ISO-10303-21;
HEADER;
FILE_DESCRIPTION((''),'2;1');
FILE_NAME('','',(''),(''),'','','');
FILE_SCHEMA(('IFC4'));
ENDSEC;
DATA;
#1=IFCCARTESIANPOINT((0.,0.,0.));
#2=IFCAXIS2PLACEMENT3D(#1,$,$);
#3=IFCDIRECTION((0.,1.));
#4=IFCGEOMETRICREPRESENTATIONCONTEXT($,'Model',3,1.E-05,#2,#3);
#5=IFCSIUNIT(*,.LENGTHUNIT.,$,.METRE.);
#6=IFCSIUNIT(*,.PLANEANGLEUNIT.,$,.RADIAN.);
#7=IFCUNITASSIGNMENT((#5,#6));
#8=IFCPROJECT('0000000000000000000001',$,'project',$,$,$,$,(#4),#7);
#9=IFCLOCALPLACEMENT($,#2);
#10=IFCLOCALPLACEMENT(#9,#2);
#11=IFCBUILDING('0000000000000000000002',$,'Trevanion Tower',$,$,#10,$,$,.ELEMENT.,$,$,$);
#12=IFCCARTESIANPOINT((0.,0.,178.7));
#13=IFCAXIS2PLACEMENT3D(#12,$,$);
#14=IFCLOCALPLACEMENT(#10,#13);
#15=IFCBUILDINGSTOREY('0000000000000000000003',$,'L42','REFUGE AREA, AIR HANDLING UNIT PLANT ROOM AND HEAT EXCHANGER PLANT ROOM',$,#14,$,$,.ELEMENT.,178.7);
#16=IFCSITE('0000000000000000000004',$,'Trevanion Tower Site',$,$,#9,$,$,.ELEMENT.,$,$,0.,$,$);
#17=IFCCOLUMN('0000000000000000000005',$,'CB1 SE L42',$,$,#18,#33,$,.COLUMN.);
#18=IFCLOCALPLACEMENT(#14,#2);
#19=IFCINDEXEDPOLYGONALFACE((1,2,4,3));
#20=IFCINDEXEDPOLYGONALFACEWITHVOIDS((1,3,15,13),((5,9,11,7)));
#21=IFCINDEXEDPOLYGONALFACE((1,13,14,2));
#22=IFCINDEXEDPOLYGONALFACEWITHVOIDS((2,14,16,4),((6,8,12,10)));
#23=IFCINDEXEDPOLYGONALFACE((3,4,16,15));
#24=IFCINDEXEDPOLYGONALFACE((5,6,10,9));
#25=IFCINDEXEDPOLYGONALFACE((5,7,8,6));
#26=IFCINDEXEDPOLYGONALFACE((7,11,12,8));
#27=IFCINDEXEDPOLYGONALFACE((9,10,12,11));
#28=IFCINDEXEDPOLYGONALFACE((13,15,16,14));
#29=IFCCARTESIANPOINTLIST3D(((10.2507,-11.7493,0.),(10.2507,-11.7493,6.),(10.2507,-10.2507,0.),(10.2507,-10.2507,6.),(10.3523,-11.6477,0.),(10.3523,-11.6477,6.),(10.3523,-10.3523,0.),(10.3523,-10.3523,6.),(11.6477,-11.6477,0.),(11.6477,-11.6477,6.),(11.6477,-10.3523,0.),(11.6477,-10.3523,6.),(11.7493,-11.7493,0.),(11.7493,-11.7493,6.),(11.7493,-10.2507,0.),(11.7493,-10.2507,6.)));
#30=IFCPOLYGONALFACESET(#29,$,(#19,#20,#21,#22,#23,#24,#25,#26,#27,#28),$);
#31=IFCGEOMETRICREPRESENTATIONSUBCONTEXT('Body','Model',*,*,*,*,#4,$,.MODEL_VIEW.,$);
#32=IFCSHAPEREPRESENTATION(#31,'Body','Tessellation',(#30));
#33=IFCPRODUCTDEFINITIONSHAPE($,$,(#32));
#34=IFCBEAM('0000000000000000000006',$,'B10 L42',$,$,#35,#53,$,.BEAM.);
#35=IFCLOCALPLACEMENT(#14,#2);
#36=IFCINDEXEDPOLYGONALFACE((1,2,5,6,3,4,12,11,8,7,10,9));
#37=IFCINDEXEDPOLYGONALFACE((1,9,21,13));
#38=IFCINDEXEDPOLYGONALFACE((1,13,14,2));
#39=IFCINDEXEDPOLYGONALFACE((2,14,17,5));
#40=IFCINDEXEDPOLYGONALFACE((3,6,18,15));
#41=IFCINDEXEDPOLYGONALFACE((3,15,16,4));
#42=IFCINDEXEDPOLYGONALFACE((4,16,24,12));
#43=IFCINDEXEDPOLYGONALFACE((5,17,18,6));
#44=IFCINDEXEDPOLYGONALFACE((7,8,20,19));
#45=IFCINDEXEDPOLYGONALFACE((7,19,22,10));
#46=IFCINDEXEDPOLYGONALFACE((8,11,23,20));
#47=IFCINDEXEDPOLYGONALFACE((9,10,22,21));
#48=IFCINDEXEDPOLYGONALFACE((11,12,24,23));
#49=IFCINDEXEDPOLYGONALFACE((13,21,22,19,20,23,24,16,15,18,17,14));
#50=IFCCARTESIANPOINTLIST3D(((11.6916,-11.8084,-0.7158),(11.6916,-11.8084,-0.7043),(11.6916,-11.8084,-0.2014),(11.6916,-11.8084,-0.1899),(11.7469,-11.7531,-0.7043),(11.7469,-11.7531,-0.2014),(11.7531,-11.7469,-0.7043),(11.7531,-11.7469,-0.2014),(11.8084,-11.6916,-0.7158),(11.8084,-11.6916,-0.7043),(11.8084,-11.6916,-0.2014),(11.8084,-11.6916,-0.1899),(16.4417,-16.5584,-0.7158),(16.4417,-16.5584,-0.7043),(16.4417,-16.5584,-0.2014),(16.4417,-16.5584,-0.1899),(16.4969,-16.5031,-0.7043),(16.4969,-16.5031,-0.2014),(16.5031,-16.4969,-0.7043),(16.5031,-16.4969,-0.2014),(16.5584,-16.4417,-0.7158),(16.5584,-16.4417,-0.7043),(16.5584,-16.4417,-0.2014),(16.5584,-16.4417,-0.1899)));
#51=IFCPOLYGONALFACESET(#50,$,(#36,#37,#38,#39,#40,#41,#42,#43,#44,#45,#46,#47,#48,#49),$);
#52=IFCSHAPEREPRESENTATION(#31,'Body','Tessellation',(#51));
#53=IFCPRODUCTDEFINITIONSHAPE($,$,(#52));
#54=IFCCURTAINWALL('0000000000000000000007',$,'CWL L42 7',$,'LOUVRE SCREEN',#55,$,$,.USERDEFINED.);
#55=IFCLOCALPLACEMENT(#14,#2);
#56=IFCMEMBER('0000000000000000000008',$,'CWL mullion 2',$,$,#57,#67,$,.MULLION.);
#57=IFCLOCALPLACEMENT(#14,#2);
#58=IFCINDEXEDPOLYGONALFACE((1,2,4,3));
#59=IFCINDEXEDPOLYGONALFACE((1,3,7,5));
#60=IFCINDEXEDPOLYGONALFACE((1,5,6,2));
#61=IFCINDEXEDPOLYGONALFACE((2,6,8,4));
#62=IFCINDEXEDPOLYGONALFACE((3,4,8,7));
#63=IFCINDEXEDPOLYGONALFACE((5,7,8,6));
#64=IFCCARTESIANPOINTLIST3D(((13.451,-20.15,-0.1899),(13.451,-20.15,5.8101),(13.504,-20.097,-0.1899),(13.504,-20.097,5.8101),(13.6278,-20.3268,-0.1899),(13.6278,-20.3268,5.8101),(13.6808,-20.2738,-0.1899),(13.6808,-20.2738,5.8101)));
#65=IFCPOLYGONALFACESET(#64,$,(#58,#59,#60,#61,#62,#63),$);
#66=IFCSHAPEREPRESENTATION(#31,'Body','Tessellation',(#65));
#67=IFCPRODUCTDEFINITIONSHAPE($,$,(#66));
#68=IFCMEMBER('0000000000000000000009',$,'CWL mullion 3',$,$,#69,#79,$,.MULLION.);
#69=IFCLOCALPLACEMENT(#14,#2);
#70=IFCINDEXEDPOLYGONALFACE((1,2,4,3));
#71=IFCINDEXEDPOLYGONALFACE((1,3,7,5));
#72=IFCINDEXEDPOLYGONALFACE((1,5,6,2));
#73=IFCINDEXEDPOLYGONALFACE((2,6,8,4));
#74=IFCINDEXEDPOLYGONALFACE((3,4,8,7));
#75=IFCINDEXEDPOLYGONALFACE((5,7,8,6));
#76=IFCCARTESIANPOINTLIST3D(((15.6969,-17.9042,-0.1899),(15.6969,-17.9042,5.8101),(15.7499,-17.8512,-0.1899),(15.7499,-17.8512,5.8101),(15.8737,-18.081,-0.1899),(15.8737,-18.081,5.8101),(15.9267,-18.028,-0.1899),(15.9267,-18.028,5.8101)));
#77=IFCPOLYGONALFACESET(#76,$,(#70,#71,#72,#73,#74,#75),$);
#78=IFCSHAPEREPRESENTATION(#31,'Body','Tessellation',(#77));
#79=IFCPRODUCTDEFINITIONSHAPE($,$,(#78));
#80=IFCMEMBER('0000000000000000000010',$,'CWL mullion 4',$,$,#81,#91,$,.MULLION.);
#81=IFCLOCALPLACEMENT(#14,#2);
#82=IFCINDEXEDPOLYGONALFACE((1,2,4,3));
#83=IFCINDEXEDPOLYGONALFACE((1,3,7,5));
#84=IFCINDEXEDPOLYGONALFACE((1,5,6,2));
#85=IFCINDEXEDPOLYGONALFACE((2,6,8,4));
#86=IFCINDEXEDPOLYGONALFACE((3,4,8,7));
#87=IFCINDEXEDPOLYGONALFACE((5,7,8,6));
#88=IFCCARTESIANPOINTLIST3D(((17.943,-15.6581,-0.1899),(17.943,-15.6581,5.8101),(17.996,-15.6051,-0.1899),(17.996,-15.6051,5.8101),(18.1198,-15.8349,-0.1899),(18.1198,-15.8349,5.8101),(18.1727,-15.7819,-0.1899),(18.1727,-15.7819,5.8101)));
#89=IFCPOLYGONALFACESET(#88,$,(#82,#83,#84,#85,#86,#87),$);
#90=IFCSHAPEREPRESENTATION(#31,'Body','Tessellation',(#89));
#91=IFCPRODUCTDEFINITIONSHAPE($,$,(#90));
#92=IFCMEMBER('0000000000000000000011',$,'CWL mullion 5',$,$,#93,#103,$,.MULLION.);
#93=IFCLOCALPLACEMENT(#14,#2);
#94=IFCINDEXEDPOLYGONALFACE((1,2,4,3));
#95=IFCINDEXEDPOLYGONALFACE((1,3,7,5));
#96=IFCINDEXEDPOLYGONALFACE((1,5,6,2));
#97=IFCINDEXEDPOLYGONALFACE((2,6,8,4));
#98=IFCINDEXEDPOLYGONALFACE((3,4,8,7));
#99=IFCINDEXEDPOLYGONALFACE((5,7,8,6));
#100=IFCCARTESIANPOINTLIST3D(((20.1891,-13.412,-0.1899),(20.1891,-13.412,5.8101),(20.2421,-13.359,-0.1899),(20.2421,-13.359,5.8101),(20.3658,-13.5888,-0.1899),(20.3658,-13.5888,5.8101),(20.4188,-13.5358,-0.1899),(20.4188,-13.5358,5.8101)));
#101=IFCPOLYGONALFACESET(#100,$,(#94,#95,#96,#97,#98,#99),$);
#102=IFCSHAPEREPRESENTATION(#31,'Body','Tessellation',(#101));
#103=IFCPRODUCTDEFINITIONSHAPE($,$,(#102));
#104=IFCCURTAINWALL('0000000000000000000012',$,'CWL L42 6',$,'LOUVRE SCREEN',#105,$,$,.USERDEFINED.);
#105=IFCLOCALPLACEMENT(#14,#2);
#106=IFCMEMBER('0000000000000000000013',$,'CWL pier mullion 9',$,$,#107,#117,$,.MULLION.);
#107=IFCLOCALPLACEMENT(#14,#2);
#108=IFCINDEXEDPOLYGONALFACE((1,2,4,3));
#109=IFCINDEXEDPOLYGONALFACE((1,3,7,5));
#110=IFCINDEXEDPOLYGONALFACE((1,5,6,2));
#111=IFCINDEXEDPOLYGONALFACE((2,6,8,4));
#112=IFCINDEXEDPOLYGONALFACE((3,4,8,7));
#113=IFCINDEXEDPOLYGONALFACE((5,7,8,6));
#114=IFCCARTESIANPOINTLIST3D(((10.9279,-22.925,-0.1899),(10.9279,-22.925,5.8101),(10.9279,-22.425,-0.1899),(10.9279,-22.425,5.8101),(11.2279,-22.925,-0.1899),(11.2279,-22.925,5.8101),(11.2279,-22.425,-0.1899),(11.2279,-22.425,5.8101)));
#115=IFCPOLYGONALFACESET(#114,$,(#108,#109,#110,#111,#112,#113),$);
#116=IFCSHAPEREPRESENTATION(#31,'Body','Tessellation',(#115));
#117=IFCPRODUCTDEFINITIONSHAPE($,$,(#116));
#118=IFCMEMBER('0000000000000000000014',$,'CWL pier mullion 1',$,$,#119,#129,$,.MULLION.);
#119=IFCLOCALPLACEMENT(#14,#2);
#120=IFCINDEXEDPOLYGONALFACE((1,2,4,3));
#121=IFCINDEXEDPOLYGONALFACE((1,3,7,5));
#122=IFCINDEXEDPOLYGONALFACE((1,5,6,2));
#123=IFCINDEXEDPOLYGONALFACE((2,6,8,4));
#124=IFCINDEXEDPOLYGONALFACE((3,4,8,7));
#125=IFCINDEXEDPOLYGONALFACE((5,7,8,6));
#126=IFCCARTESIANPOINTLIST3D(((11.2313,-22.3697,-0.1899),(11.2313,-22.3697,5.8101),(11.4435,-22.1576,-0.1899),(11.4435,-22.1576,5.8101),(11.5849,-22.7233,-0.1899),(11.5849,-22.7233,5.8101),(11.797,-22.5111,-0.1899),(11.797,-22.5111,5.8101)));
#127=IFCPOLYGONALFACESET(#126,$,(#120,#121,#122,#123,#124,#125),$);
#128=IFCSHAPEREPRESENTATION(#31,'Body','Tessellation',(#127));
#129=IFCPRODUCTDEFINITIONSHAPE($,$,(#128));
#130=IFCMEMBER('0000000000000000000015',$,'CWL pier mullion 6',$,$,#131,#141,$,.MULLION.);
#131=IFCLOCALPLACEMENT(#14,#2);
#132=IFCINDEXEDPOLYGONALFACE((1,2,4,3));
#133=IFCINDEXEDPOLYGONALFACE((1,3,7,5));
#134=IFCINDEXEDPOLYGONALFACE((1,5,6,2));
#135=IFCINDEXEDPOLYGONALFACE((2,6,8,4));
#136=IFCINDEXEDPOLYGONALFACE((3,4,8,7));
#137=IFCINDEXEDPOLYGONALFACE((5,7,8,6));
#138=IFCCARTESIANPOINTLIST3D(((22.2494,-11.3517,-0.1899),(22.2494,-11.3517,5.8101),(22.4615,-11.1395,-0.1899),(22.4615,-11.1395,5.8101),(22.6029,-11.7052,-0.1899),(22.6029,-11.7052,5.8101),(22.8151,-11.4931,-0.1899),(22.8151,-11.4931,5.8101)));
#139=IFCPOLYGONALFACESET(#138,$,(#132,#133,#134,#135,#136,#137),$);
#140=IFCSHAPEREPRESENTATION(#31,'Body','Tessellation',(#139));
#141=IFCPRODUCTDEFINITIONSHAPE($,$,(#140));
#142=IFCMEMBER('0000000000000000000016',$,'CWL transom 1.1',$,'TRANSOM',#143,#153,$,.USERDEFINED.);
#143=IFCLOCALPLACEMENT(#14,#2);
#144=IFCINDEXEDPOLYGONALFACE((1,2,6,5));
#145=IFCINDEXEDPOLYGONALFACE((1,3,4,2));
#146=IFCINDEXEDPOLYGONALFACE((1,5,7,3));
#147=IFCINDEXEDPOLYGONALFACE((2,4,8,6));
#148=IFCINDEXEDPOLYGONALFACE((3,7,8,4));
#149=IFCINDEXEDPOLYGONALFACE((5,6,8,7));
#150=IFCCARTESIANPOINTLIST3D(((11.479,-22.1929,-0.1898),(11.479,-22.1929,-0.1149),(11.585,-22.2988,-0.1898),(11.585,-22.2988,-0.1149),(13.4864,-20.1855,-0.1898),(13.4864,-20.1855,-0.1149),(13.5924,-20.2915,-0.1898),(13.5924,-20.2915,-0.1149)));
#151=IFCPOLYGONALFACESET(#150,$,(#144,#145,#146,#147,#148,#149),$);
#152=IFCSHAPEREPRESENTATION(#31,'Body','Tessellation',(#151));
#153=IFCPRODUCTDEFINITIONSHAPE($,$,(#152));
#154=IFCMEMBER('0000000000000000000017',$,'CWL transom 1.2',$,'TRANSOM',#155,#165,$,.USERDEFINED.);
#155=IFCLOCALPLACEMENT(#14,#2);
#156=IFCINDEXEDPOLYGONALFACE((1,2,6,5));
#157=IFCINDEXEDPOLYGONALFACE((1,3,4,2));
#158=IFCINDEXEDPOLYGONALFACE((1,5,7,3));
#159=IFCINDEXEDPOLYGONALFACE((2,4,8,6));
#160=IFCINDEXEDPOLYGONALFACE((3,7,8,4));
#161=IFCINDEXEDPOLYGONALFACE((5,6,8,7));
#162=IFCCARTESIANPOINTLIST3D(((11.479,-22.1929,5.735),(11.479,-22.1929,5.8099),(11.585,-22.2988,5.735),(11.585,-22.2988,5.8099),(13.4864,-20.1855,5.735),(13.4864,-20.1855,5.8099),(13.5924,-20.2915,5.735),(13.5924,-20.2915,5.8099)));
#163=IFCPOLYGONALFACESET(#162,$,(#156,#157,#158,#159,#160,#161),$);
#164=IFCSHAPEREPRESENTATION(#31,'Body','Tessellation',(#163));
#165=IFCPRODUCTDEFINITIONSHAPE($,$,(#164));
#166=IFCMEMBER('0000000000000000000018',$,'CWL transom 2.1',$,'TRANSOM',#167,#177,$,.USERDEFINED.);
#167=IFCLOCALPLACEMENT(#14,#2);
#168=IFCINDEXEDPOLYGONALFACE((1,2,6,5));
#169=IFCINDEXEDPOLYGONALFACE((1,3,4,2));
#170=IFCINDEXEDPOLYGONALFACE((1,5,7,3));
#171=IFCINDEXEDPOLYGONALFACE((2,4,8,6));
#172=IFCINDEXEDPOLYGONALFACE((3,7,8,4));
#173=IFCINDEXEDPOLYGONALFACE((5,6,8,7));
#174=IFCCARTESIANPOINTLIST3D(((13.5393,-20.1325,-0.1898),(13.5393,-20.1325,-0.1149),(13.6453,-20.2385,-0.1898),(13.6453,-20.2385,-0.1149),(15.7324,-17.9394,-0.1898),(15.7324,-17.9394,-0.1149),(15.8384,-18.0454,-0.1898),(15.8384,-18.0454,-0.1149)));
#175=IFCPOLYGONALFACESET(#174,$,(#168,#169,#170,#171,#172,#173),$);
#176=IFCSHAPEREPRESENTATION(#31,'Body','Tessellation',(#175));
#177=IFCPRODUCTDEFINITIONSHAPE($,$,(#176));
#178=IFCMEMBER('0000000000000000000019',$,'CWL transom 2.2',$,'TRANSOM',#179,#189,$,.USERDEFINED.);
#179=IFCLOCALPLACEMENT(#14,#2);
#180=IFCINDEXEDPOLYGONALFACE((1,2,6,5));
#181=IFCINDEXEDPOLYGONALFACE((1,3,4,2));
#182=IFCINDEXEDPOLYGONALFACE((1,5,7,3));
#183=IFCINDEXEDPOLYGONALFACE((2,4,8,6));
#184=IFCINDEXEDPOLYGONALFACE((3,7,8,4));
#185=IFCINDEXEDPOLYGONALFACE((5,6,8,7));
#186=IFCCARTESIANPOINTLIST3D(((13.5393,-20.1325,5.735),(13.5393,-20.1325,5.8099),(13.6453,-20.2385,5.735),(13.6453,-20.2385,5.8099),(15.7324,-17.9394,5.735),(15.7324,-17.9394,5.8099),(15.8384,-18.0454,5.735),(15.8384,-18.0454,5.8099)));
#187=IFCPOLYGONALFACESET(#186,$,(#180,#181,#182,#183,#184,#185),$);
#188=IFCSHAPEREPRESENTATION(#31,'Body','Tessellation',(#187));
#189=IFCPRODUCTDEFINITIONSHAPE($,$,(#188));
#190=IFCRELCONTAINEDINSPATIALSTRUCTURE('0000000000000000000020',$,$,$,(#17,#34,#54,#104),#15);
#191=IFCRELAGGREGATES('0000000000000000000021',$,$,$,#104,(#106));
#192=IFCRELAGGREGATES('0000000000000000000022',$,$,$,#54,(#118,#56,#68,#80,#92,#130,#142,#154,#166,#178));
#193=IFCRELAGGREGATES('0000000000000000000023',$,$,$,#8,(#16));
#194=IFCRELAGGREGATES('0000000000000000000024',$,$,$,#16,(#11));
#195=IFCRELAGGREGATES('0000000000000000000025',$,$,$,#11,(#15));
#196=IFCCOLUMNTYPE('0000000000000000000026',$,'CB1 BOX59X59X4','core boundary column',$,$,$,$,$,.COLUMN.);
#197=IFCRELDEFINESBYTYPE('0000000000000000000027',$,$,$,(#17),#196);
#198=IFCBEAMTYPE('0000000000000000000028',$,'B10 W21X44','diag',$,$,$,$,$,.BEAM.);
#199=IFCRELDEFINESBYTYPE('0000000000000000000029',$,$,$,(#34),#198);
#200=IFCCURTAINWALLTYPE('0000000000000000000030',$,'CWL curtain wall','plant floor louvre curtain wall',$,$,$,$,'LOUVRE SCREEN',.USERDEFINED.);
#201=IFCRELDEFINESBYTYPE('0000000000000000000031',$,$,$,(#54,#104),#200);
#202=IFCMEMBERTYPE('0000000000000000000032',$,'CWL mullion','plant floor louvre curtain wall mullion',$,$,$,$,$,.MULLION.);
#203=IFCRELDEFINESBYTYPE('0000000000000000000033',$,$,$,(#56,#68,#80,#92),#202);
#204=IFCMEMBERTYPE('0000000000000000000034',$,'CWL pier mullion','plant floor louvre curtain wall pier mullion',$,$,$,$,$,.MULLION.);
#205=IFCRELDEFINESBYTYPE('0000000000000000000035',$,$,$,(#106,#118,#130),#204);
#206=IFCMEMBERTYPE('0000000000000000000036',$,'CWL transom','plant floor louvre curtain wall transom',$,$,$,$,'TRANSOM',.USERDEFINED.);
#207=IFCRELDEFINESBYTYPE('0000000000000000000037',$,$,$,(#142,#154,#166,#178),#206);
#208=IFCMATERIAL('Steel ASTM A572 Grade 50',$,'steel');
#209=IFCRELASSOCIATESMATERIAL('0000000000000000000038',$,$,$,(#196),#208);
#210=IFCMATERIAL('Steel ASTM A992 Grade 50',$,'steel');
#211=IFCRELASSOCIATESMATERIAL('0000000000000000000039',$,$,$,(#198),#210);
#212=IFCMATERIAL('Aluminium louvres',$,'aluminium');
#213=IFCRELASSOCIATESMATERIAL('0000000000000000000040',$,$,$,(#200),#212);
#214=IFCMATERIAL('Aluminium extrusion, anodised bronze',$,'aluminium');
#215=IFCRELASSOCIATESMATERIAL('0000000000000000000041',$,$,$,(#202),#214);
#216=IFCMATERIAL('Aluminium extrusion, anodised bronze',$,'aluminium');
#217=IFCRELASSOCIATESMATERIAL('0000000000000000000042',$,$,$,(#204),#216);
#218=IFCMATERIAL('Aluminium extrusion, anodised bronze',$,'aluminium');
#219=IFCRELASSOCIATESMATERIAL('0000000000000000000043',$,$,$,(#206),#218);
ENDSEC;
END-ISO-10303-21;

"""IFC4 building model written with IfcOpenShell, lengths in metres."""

from ifc_helpers import new_model, si_unit, direction, frame, origin, origin_2d, place, context, subcontext, project, spatial, rectangle, hollow_rectangle, i_section, extrude, material, material_profile, profile_set, type_object, element, aggregate, save


model = new_model("IFC4")

# Units and contexts
model_context = context("Model", 3, precision=1e-05, world=origin(), true_north=direction((0.0, 1.0)))
body_context = subcontext(model_context, "Body", "Model", "MODEL_VIEW")
ifc_project = project(units=[si_unit("LENGTHUNIT", "METRE"), si_unit("PLANEANGLEUNIT", "RADIAN")], contexts=[model_context])

# Site, building, storey
site_placement = place(None, origin())
site = spatial("IfcSite", under=ifc_project, at=site_placement, Name="Trevanion Tower Site", CompositionType="ELEMENT", RefElevation=0.0)
building_placement = place(site_placement, origin())
building = spatial("IfcBuilding", under=site, at=building_placement, Name="Trevanion Tower", CompositionType="ELEMENT")
storey_placement = place(building_placement, frame((0.0, 0.0, 178.7)))
storey = spatial("IfcBuildingStorey", under=building, at=storey_placement, Name="L42", Description="REFUGE AREA, AIR HANDLING UNIT PLANT ROOM AND HEAT EXCHANGER PLANT ROOM", CompositionType="ELEMENT", Elevation=178.7)

# Column
ifc_material_1 = material(Name="Steel ASTM A572 Grade 50", Category="steel")
ifc_material_profile_1 = material_profile(ifc_material_1, hollow_rectangle(XDim=1.4985, YDim=1.4985, WallThickness=0.1016, at=origin_2d()), Name="BOX59X59X4")
ifc_profile_set_1 = profile_set([ifc_material_profile_1], Name="Steel ASTM A572 Grade 50")
column_type = type_object("IfcColumnType", Name="CB1 BOX59X59X4", Description="core boundary column", PredefinedType="COLUMN", material=ifc_profile_set_1)
column_placement = place(storey_placement, frame((11.0, -11.0, 0.0), z_axis=(0.0, 0.0, 1.0), x_axis=(1.0, 0.0, 0.0)))
element("IfcColumn", 1, at=column_placement, inside=storey, type_object=column_type, Name="CB1 SE L42", PredefinedType="COLUMN", context=body_context, shape_type="SweptSolid", body=[
    extrude(hollow_rectangle(XDim=1.4985, YDim=1.4985, WallThickness=0.1016, at=origin_2d()), origin(), (0.0, 0.0, 1.0), 6.0),
])

# Beam
ifc_material_2 = material(Name="Steel ASTM A992 Grade 50", Category="steel")
ifc_material_profile_2 = material_profile(ifc_material_2, i_section(OverallWidth=0.165, OverallDepth=0.5259, WebThickness=0.0088, FlangeThickness=0.0115, at=origin_2d()), Name="W21X44")
ifc_profile_set_2 = profile_set([ifc_material_profile_2], Name="Steel ASTM A992 Grade 50")
beam_type_1 = type_object("IfcBeamType", Name="B10 W21X44", Description="diag", PredefinedType="BEAM", material=ifc_profile_set_2)
beam_1_placement = place(storey_placement, frame((11.75, -11.75, -0.4529), z_axis=(0.707107, -0.707107, 0.0), x_axis=(0.707107, 0.707107, 0.0)))
element("IfcBeam", 2, at=beam_1_placement, inside=storey, type_object=beam_type_1, Name="B10 L42", PredefinedType="BEAM", context=body_context, shape_type="SweptSolid", body=[
    extrude(i_section(OverallWidth=0.165, OverallDepth=0.5259, WebThickness=0.0088, FlangeThickness=0.0115, at=origin_2d()), origin(), (0.0, 0.0, 1.0), 6.7175),
])

# Curtain wall, members
ifc_material_3 = material(Name="Aluminium louvres", Category="aluminium")
curtain_wall_type = type_object("IfcCurtainWallType", Name="CWL curtain wall", Description="plant floor louvre curtain wall", ElementType="LOUVRE SCREEN", PredefinedType="USERDEFINED", material=ifc_material_3)
curtain_wall_1_placement = place(storey_placement, origin())
curtain_wall_1 = element("IfcCurtainWall", 3, at=curtain_wall_1_placement, inside=storey, type_object=curtain_wall_type, Name="CWL L42 7", ObjectType="LOUVRE SCREEN", PredefinedType="USERDEFINED")
ifc_material_4 = material(Name="Aluminium extrusion, anodised bronze", Category="aluminium")
ifc_material_profile_3 = material_profile(ifc_material_4, rectangle(XDim=0.075, YDim=0.25, at=origin_2d()), Name="CWL mullion")
ifc_profile_set_3 = profile_set([ifc_material_profile_3], Name="Aluminium extrusion, anodised bronze")
member_type_1 = type_object("IfcMemberType", Name="CWL mullion", Description="plant floor louvre curtain wall mullion", PredefinedType="MULLION", material=ifc_profile_set_3)
member_1_placement = place(storey_placement, frame((13.5659, -20.2119, -0.1899), z_axis=(0.0, 0.0, 1.0), x_axis=(0.707107, 0.707107, 0.0)))
member_1 = element("IfcMember", 4, at=member_1_placement, type_object=member_type_1, Name="CWL mullion 2", PredefinedType="MULLION", context=body_context, shape_type="SweptSolid", body=[
    extrude(rectangle(XDim=0.075, YDim=0.25, at=origin_2d()), origin(), (0.0, 0.0, 1.0), 6.0),
])
member_2_placement = place(storey_placement, frame((15.8118, -17.9661, -0.1899), z_axis=(0.0, 0.0, 1.0), x_axis=(0.707107, 0.707107, 0.0)))
member_2 = element("IfcMember", 5, at=member_2_placement, type_object=member_type_1, Name="CWL mullion 3", PredefinedType="MULLION", context=body_context, shape_type="SweptSolid", body=[
    extrude(rectangle(XDim=0.075, YDim=0.25, at=origin_2d()), origin(), (0.0, 0.0, 1.0), 6.0),
])
member_3_placement = place(storey_placement, frame((18.0579, -15.72, -0.1899), z_axis=(0.0, 0.0, 1.0), x_axis=(0.707107, 0.707107, 0.0)))
member_3 = element("IfcMember", 6, at=member_3_placement, type_object=member_type_1, Name="CWL mullion 4", PredefinedType="MULLION", context=body_context, shape_type="SweptSolid", body=[
    extrude(rectangle(XDim=0.075, YDim=0.25, at=origin_2d()), origin(), (0.0, 0.0, 1.0), 6.0),
])
member_4_placement = place(storey_placement, frame((20.304, -13.4739, -0.1899), z_axis=(0.0, 0.0, 1.0), x_axis=(0.707107, 0.707107, 0.0)))
member_4 = element("IfcMember", 7, at=member_4_placement, type_object=member_type_1, Name="CWL mullion 5", PredefinedType="MULLION", context=body_context, shape_type="SweptSolid", body=[
    extrude(rectangle(XDim=0.075, YDim=0.25, at=origin_2d()), origin(), (0.0, 0.0, 1.0), 6.0),
])

# Curtain wall, member
curtain_wall_2_placement = place(storey_placement, origin())
curtain_wall_2 = element("IfcCurtainWall", 8, at=curtain_wall_2_placement, inside=storey, type_object=curtain_wall_type, Name="CWL L42 6", ObjectType="LOUVRE SCREEN", PredefinedType="USERDEFINED")
ifc_material_5 = material(Name="Aluminium extrusion, anodised bronze", Category="aluminium")
ifc_material_profile_4 = material_profile(ifc_material_5, rectangle(XDim=0.3, YDim=0.5, at=origin_2d()), Name="CWL pier mullion")
ifc_profile_set_4 = profile_set([ifc_material_profile_4], Name="Aluminium extrusion, anodised bronze")
member_type_2 = type_object("IfcMemberType", Name="CWL pier mullion", Description="plant floor louvre curtain wall pier mullion", PredefinedType="MULLION", material=ifc_profile_set_4)
member_5_placement = place(storey_placement, frame((11.0779, -22.675, -0.1899), z_axis=(0.0, 0.0, 1.0), x_axis=(1.0, 0.0, 0.0)))
member_5 = element("IfcMember", 9, at=member_5_placement, type_object=member_type_2, Name="CWL pier mullion 9", PredefinedType="MULLION", context=body_context, shape_type="SweptSolid", body=[
    extrude(rectangle(XDim=0.3, YDim=0.5, at=origin_2d()), origin(), (0.0, 0.0, 1.0), 6.0),
])
aggregate(curtain_wall_2, [member_5])

# Members
member_6_placement = place(storey_placement, frame((11.5142, -22.4404, -0.1899), z_axis=(0.0, 0.0, 1.0), x_axis=(0.707107, 0.707107, 0.0)))
member_6 = element("IfcMember", 10, at=member_6_placement, type_object=member_type_2, Name="CWL pier mullion 1", PredefinedType="MULLION", context=body_context, shape_type="SweptSolid", body=[
    extrude(rectangle(XDim=0.3, YDim=0.5, at=origin_2d()), origin(), (0.0, 0.0, 1.0), 6.0),
])
member_7_placement = place(storey_placement, frame((22.5322, -11.4224, -0.1899), z_axis=(0.0, 0.0, 1.0), x_axis=(0.707107, 0.707107, 0.0)))
member_7 = element("IfcMember", 11, at=member_7_placement, type_object=member_type_2, Name="CWL pier mullion 6", PredefinedType="MULLION", context=body_context, shape_type="SweptSolid", body=[
    extrude(rectangle(XDim=0.3, YDim=0.5, at=origin_2d()), origin(), (0.0, 0.0, 1.0), 6.0),
])
ifc_material_6 = material(Name="Aluminium extrusion, anodised bronze", Category="aluminium")
ifc_material_profile_5 = material_profile(ifc_material_6, rectangle(XDim=0.1499, YDim=0.075, at=origin_2d()), Name="CWL transom")
ifc_profile_set_5 = profile_set([ifc_material_profile_5], Name="Aluminium extrusion, anodised bronze")
member_type_3 = type_object("IfcMemberType", Name="CWL transom", Description="plant floor louvre curtain wall transom", ElementType="TRANSOM", PredefinedType="USERDEFINED", material=ifc_profile_set_5)
member_8_placement = place(storey_placement, frame((11.532, -22.2458, -0.1523), z_axis=(0.707107, 0.707107, 0.0), x_axis=(-0.707107, 0.707107, 0.0)))
member_8 = element("IfcMember", 12, at=member_8_placement, type_object=member_type_3, Name="CWL transom 1.1", ObjectType="TRANSOM", PredefinedType="USERDEFINED", context=body_context, shape_type="SweptSolid", body=[
    extrude(rectangle(XDim=0.1499, YDim=0.075, at=origin_2d()), origin(), (0.0, 0.0, 1.0), 2.8389),
])
member_9_placement = place(storey_placement, frame((11.532, -22.2458, 5.7725), z_axis=(0.707107, 0.707107, 0.0), x_axis=(-0.707107, 0.707107, 0.0)))
member_9 = element("IfcMember", 13, at=member_9_placement, type_object=member_type_3, Name="CWL transom 1.2", ObjectType="TRANSOM", PredefinedType="USERDEFINED", context=body_context, shape_type="SweptSolid", body=[
    extrude(rectangle(XDim=0.1499, YDim=0.075, at=origin_2d()), origin(), (0.0, 0.0, 1.0), 2.8389),
])
member_10_placement = place(storey_placement, frame((13.5923, -20.1855, -0.1523), z_axis=(0.707107, 0.707107, 0.0), x_axis=(-0.707107, 0.707107, 0.0)))
member_10 = element("IfcMember", 14, at=member_10_placement, type_object=member_type_3, Name="CWL transom 2.1", ObjectType="TRANSOM", PredefinedType="USERDEFINED", context=body_context, shape_type="SweptSolid", body=[
    extrude(rectangle(XDim=0.1499, YDim=0.075, at=origin_2d()), origin(), (0.0, 0.0, 1.0), 3.1016),
])
member_11_placement = place(storey_placement, frame((13.5923, -20.1855, 5.7725), z_axis=(0.707107, 0.707107, 0.0), x_axis=(-0.707107, 0.707107, 0.0)))
member_11 = element("IfcMember", 15, at=member_11_placement, type_object=member_type_3, Name="CWL transom 2.2", ObjectType="TRANSOM", PredefinedType="USERDEFINED", context=body_context, shape_type="SweptSolid", body=[
    extrude(rectangle(XDim=0.1499, YDim=0.075, at=origin_2d()), origin(), (0.0, 0.0, 1.0), 3.1016),
])

aggregate(curtain_wall_1, [member_6, member_1, member_2, member_3, member_4, member_7, member_8, member_9, member_10, member_11])

save(model, "model.ifc")
